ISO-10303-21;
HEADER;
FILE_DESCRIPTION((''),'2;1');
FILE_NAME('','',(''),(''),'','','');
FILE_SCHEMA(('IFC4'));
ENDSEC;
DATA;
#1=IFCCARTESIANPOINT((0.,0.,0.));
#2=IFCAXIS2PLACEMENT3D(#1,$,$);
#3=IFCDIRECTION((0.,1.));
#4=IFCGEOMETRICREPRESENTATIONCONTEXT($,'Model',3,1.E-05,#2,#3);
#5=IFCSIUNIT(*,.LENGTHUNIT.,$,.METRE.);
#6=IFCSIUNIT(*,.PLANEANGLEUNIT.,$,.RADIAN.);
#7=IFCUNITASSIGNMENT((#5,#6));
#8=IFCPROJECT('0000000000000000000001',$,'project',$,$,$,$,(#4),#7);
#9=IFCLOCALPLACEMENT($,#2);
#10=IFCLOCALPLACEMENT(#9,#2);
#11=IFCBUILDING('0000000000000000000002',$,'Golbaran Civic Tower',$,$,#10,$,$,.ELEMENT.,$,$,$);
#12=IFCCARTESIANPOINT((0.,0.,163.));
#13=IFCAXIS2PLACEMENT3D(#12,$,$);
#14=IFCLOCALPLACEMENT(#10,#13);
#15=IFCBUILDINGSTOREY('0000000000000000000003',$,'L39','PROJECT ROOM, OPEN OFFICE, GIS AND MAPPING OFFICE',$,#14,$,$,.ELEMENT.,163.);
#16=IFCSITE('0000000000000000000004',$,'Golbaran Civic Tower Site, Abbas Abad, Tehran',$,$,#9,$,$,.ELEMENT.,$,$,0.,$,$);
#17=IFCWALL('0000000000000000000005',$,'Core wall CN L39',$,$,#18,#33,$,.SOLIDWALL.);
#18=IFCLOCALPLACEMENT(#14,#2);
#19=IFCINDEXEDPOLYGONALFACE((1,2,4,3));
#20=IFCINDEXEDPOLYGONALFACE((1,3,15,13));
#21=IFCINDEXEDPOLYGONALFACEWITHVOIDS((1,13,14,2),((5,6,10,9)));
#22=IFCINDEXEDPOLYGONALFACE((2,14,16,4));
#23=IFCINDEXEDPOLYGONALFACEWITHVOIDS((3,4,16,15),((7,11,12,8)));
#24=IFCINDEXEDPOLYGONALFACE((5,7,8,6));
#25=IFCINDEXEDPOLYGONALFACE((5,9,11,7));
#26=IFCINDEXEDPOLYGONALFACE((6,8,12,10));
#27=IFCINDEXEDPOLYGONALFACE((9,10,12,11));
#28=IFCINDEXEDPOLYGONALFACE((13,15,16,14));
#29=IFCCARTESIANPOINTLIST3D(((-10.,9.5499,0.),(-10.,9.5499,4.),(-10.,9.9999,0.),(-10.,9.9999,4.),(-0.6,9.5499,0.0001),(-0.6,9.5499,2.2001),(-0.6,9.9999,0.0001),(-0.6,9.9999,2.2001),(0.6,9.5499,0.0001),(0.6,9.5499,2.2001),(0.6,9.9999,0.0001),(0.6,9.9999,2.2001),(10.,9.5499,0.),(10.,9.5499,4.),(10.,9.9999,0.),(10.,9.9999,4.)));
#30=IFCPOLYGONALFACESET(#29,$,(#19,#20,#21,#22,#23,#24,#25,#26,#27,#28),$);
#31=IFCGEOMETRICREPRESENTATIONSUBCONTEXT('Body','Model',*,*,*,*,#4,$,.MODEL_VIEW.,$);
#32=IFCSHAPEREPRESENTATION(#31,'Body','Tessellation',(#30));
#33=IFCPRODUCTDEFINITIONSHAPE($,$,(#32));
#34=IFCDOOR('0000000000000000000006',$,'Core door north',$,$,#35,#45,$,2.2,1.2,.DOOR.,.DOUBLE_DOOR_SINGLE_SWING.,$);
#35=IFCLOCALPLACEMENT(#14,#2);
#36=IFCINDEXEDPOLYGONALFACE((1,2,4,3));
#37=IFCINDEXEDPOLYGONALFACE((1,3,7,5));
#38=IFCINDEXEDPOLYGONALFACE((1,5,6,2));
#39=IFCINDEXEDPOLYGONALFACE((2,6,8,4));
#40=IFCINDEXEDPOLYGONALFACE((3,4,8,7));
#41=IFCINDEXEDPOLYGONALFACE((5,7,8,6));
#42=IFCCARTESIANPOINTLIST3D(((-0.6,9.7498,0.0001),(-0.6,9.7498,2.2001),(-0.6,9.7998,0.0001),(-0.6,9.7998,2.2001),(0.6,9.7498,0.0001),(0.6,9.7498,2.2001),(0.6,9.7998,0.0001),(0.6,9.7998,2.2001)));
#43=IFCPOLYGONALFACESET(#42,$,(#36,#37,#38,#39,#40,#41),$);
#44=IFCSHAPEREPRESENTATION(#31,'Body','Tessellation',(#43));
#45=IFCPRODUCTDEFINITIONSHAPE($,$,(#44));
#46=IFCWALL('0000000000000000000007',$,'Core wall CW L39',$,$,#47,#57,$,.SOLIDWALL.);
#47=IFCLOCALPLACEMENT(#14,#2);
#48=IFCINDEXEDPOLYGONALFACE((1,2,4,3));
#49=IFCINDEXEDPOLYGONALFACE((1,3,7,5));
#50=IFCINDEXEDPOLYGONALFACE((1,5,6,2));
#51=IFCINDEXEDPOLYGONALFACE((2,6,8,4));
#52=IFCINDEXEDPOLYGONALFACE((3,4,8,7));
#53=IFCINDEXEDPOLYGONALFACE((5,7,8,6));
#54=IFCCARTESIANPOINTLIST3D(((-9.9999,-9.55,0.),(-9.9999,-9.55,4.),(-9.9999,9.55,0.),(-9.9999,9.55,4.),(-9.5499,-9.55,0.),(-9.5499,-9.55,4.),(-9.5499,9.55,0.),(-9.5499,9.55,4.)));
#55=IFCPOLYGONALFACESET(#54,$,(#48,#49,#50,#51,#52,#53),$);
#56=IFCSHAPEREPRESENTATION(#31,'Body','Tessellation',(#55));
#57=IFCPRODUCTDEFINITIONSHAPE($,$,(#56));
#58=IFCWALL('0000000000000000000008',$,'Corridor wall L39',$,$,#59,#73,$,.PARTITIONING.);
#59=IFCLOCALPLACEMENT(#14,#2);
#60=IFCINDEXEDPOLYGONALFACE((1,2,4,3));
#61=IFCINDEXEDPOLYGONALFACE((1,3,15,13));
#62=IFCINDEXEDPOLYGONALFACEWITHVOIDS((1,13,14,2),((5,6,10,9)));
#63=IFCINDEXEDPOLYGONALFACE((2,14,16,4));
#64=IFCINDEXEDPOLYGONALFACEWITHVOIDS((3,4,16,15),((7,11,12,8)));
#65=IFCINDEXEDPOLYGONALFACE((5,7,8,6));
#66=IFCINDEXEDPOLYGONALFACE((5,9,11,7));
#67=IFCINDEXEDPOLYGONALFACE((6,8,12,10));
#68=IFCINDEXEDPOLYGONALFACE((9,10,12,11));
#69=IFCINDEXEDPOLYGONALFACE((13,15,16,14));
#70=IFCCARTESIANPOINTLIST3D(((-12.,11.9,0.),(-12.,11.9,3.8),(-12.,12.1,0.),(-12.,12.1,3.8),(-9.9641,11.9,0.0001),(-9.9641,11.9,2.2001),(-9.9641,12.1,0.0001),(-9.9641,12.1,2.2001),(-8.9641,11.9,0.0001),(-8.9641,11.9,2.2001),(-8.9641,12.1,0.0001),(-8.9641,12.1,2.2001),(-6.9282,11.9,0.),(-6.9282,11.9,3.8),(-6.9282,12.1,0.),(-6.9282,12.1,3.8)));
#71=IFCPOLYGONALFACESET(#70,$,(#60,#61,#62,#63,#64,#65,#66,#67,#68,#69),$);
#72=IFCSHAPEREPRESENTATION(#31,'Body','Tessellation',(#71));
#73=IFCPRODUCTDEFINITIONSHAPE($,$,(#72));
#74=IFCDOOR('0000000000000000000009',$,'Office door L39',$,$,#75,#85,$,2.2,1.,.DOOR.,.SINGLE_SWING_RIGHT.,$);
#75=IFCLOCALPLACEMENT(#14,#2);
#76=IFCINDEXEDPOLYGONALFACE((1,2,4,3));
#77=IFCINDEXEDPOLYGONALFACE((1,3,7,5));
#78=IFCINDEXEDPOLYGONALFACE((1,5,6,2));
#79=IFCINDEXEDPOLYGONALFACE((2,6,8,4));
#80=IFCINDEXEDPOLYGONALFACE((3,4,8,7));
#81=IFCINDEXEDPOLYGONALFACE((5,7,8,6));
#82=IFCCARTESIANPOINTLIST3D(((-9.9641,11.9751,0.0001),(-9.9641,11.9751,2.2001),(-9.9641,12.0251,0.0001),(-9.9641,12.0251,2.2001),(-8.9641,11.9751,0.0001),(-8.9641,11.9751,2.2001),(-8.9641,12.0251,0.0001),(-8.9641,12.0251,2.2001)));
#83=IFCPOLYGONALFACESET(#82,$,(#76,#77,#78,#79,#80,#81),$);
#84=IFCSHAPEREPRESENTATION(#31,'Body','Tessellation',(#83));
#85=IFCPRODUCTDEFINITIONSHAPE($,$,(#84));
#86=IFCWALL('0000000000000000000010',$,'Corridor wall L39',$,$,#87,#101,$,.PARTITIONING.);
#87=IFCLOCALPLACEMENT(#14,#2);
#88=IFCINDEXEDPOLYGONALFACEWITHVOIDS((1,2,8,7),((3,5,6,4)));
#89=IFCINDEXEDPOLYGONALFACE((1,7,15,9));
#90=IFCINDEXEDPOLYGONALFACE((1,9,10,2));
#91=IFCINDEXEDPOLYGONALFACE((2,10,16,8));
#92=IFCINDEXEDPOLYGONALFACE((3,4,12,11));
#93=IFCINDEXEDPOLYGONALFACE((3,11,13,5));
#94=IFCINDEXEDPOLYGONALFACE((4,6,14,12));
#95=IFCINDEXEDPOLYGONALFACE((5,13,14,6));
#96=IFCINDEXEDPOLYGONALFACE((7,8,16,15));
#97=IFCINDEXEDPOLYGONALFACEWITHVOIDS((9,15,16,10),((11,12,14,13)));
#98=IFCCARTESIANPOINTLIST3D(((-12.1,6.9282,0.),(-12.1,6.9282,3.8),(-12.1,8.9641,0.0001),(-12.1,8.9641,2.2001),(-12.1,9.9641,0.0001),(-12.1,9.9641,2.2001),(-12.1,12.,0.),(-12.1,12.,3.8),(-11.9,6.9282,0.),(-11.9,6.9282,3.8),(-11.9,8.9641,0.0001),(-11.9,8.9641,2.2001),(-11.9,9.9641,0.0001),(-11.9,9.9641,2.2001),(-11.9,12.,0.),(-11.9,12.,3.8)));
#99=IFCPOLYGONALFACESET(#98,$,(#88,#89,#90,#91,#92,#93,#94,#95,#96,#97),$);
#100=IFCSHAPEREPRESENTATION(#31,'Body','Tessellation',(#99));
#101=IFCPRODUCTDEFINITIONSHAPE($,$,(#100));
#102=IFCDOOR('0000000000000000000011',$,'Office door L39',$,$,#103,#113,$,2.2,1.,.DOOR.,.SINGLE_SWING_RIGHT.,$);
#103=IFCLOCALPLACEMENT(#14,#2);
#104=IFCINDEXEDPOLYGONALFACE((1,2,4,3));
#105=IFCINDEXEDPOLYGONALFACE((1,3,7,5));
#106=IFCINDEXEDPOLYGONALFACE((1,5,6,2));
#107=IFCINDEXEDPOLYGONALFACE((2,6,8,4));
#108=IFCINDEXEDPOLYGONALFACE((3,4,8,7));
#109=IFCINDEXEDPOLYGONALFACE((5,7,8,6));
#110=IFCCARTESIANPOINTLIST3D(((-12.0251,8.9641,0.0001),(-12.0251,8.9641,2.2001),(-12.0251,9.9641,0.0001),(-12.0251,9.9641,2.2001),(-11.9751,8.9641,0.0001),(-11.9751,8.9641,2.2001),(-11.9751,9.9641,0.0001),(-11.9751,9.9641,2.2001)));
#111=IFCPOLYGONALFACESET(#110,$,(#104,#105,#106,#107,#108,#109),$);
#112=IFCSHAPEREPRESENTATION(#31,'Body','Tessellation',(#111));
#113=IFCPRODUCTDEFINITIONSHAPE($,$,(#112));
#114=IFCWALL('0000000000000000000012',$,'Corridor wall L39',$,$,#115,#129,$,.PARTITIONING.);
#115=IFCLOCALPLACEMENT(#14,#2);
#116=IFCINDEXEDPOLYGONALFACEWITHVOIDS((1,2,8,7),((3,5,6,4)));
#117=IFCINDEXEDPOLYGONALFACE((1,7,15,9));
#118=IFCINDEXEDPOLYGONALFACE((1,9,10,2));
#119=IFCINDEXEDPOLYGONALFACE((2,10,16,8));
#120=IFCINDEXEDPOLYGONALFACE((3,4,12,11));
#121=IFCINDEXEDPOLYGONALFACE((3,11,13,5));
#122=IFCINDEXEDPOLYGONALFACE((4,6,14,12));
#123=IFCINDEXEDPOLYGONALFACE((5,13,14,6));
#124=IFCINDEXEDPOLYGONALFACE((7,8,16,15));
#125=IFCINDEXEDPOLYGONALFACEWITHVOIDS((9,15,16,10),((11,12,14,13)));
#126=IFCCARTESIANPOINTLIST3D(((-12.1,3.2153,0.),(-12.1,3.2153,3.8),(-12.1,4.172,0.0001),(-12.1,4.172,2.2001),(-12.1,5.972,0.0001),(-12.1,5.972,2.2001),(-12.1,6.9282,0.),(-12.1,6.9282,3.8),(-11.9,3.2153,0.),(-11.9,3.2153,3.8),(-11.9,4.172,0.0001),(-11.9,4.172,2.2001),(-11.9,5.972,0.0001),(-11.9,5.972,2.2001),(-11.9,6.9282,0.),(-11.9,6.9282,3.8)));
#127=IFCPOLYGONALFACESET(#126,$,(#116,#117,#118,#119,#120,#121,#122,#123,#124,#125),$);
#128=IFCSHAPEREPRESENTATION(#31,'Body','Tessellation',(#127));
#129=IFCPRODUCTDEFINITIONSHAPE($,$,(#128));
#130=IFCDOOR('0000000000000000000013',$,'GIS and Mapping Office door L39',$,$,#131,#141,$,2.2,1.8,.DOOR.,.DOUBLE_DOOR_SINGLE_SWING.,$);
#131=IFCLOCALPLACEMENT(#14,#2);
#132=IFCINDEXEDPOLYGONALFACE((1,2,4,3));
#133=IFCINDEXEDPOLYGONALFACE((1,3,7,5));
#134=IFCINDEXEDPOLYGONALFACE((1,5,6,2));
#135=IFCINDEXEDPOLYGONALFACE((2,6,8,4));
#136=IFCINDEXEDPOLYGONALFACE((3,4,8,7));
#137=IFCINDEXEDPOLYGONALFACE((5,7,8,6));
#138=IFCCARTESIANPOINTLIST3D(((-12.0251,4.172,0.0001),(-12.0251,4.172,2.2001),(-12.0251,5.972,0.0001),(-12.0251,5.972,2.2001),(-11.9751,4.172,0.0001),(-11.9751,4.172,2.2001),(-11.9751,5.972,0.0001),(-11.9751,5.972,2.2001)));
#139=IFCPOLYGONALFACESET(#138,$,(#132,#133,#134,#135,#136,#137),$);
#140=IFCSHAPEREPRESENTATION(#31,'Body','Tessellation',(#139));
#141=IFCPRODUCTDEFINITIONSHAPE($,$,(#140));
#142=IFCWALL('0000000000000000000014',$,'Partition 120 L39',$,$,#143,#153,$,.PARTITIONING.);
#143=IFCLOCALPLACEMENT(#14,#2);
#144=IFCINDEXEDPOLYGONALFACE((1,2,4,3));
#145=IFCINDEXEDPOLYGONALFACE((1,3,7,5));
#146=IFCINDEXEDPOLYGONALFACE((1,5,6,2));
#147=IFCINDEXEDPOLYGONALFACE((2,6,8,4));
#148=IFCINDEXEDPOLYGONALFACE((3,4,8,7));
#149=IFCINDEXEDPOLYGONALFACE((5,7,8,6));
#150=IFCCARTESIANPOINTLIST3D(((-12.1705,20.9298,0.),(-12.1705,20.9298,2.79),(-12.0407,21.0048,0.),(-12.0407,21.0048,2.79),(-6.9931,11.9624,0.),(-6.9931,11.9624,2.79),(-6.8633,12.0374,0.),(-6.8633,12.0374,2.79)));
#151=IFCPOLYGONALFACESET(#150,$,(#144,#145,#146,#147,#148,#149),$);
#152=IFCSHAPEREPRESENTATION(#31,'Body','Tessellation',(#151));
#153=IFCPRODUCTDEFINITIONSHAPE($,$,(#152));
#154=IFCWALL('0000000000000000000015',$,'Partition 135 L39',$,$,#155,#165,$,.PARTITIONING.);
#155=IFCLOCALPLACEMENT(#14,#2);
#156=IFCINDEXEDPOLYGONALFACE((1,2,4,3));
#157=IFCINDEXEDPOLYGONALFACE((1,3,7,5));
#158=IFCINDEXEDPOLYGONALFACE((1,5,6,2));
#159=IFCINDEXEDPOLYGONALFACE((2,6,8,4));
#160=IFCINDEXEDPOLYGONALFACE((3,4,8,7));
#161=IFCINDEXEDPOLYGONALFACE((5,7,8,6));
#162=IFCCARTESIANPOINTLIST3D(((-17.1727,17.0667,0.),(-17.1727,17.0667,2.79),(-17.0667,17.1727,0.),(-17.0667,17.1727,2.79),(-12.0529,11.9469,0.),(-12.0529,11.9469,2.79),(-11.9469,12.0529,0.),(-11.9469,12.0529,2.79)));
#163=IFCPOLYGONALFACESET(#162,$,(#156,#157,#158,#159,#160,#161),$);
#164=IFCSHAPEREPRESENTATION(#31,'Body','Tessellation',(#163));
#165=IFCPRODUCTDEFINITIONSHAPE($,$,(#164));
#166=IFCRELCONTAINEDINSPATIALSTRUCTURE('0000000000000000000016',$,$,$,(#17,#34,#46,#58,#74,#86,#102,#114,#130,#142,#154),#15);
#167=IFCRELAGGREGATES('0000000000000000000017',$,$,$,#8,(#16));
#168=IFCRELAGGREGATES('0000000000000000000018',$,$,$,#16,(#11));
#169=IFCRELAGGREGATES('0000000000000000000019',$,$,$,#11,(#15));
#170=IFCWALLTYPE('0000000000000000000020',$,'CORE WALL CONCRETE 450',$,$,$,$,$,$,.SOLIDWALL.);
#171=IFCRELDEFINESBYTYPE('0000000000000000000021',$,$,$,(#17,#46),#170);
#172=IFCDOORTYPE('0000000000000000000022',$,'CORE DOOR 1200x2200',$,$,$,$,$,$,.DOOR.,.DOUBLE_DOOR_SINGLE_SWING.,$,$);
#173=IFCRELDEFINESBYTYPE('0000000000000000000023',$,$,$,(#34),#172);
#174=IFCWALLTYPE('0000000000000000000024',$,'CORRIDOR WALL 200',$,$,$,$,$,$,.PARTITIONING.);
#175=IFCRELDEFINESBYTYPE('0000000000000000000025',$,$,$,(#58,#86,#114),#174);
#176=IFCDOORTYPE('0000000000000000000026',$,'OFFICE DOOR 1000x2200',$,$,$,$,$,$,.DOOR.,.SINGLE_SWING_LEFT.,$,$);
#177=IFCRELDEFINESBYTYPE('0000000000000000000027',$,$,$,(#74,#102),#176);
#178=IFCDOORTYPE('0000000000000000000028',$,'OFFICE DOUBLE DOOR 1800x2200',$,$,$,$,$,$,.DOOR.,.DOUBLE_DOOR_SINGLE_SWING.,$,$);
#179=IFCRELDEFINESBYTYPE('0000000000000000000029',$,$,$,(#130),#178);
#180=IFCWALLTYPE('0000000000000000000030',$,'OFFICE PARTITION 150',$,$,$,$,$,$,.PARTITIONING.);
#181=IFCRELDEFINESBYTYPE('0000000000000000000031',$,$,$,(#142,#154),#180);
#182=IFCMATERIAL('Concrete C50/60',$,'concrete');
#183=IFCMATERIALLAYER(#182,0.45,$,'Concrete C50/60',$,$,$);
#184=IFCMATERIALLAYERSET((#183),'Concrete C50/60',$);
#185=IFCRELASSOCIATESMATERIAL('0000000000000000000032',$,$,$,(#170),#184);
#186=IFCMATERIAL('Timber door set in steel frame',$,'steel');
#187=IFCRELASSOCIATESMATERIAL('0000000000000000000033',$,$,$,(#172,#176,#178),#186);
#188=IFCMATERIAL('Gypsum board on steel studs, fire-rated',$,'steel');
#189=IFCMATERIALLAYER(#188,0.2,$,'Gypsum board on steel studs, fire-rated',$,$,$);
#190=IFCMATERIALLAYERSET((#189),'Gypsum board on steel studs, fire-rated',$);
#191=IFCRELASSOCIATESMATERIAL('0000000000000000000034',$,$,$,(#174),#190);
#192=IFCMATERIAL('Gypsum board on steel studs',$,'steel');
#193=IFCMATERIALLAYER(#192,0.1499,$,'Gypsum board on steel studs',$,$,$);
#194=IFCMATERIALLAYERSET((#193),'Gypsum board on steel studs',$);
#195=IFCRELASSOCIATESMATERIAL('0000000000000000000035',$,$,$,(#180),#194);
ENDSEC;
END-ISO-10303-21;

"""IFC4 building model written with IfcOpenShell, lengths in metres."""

from ifc_helpers import new_model, si_unit, direction, frame, frame_2d, origin, place, context, subcontext, project, spatial, rectangle, extrude, material, layer, layer_set, type_object, element, fill, save


model = new_model("IFC4")

# Units and contexts
model_context = context("Model", 3, precision=1e-05, world=origin(), true_north=direction((0.0, 1.0)))
body_context = subcontext(model_context, "Body", "Model", "MODEL_VIEW")
ifc_project = project(units=[si_unit("LENGTHUNIT", "METRE"), si_unit("PLANEANGLEUNIT", "RADIAN")], contexts=[model_context])

# Site, building, storey
site_placement = place(None, origin())
site = spatial("IfcSite", under=ifc_project, at=site_placement, Name="Golbaran Civic Tower Site, Abbas Abad, Tehran", CompositionType="ELEMENT", RefElevation=0.0)
building_placement = place(site_placement, origin())
building = spatial("IfcBuilding", under=site, at=building_placement, Name="Golbaran Civic Tower", CompositionType="ELEMENT")
storey_placement = place(building_placement, frame((0.0, 0.0, 163.0)))
storey = spatial("IfcBuildingStorey", under=building, at=storey_placement, Name="L39", Description="PROJECT ROOM, OPEN OFFICE, GIS AND MAPPING OFFICE", CompositionType="ELEMENT", Elevation=163.0)

# Wall, opening, door
ifc_material_1 = material(Name="Concrete C50/60", Category="concrete")
ifc_layer_1 = layer(ifc_material_1, 0.45, Name="Concrete C50/60")
ifc_layer_set_1 = layer_set([ifc_layer_1], Name="Concrete C50/60")
wall_type_1 = type_object("IfcWallType", Name="CORE WALL CONCRETE 450", PredefinedType="SOLIDWALL", material=ifc_layer_set_1)
wall_1_placement = place(storey_placement, frame((-10.0, 9.7749, 0.0), z_axis=(0.0, 0.0, 1.0), x_axis=(1.0, 0.0, 0.0)))
wall_1 = element("IfcWall", 1, at=wall_1_placement, inside=storey, type_object=wall_type_1, Name="Core wall CN L39", PredefinedType="SOLIDWALL", context=body_context, shape_type="SweptSolid", body=[
    extrude(rectangle(XDim=20.0, YDim=0.45, at=frame_2d((10.0, 0.0))), origin(), (0.0, 0.0, 1.0), 4.0),
])
opening_1_placement = place(wall_1_placement, frame((9.3999, 0.0, 0.0)))
opening_1 = element("IfcOpeningElement", 2, at=opening_1_placement, cuts=wall_1, PredefinedType="OPENING", context=body_context, shape_type="SweptSolid", body=[
    extrude(rectangle(XDim=1.2, YDim=2.2, at=frame_2d((0.6001, 1.1001))), frame((0.0, 0.2349, 0.0), z_axis=(0.0, -1.0, 0.0), x_axis=(1.0, 0.0, 0.0)), (0.0, 0.0, 1.0), 0.47),
])
ifc_material_2 = material(Name="Timber door set in steel frame", Category="steel")
door_type_1 = type_object("IfcDoorType", Name="CORE DOOR 1200x2200", OperationType="DOUBLE_DOOR_SINGLE_SWING", PredefinedType="DOOR", material=ifc_material_2)
door_1_placement = place(opening_1_placement, origin())
door_1 = element("IfcDoor", 3, at=door_1_placement, inside=storey, type_object=door_type_1, Name="Core door north", OperationType="DOUBLE_DOOR_SINGLE_SWING", OverallHeight=2.2, OverallWidth=1.2, PredefinedType="DOOR", context=body_context, shape_type="SweptSolid", body=[
    extrude(rectangle(XDim=1.2, YDim=2.2, at=frame_2d((0.6001, 1.1001))), frame((0.0, 0.0249, 0.0), z_axis=(0.0, -1.0, 0.0), x_axis=(1.0, 0.0, 0.0)), (0.0, 0.0, 1.0), 0.05),
])
fill(opening_1, door_1)

# Wall
wall_2_placement = place(storey_placement, frame((-9.7749, 9.55, 0.0), z_axis=(0.0, 0.0, 1.0), x_axis=(0.0, -1.0, 0.0)))
element("IfcWall", 4, at=wall_2_placement, inside=storey, type_object=wall_type_1, Name="Core wall CW L39", PredefinedType="SOLIDWALL", context=body_context, shape_type="SweptSolid", body=[
    extrude(rectangle(XDim=19.1001, YDim=0.45, at=frame_2d((9.55, 0.0))), origin(), (0.0, 0.0, 1.0), 4.0),
])

# Walls, openings, doors
ifc_material_3 = material(Name="Gypsum board on steel studs, fire-rated", Category="steel")
ifc_layer_2 = layer(ifc_material_3, 0.2, Name="Gypsum board on steel studs, fire-rated")
ifc_layer_set_2 = layer_set([ifc_layer_2], Name="Gypsum board on steel studs, fire-rated")
wall_type_2 = type_object("IfcWallType", Name="CORRIDOR WALL 200", PredefinedType="PARTITIONING", material=ifc_layer_set_2)
wall_3_placement = place(storey_placement, frame((-6.9282, 12.0, 0.0), z_axis=(0.0, 0.0, 1.0), x_axis=(-1.0, 0.0, 0.0)))
wall_3 = element("IfcWall", 5, at=wall_3_placement, inside=storey, type_object=wall_type_2, Name="Corridor wall L39", PredefinedType="PARTITIONING", context=body_context, shape_type="SweptSolid", body=[
    extrude(rectangle(XDim=5.0718, YDim=0.2, at=frame_2d((2.5359, 0.0))), origin(), (0.0, 0.0, 1.0), 3.8),
])
opening_2_placement = place(wall_3_placement, frame((2.0359, 0.0, 0.0)))
opening_2 = element("IfcOpeningElement", 6, at=opening_2_placement, cuts=wall_3, PredefinedType="OPENING", context=body_context, shape_type="SweptSolid", body=[
    extrude(rectangle(XDim=1.0, YDim=2.2, at=frame_2d((0.5, 1.1001))), frame((0.0, 0.1099, 0.0), z_axis=(0.0, -1.0, 0.0), x_axis=(1.0, 0.0, 0.0)), (0.0, 0.0, 1.0), 0.22),
])
door_type_2 = type_object("IfcDoorType", Name="OFFICE DOOR 1000x2200", OperationType="SINGLE_SWING_LEFT", PredefinedType="DOOR", material=ifc_material_2)
door_2_placement = place(opening_2_placement, origin())
door_2 = element("IfcDoor", 7, at=door_2_placement, inside=storey, type_object=door_type_2, Name="Office door L39", OperationType="SINGLE_SWING_RIGHT", OverallHeight=2.2, OverallWidth=1.0, PredefinedType="DOOR", context=body_context, shape_type="SweptSolid", body=[
    extrude(rectangle(XDim=1.0, YDim=2.2, at=frame_2d((0.5, 1.1001))), frame((0.0, 0.0249, 0.0), z_axis=(0.0, -1.0, 0.0), x_axis=(1.0, 0.0, 0.0)), (0.0, 0.0, 1.0), 0.05),
])
fill(opening_2, door_2)
wall_4_placement = place(storey_placement, frame((-12.0, 12.0, 0.0), z_axis=(0.0, 0.0, 1.0), x_axis=(0.0, -1.0, 0.0)))
wall_4 = element("IfcWall", 8, at=wall_4_placement, inside=storey, type_object=wall_type_2, Name="Corridor wall L39", PredefinedType="PARTITIONING", context=body_context, shape_type="SweptSolid", body=[
    extrude(rectangle(XDim=5.0718, YDim=0.2, at=frame_2d((2.5359, 0.0))), origin(), (0.0, 0.0, 1.0), 3.8),
])
opening_3_placement = place(wall_4_placement, frame((2.0359, 0.0, 0.0)))
opening_3 = element("IfcOpeningElement", 9, at=opening_3_placement, cuts=wall_4, PredefinedType="OPENING", context=body_context, shape_type="SweptSolid", body=[
    extrude(rectangle(XDim=1.0, YDim=2.2, at=frame_2d((0.5, 1.1001))), frame((0.0, 0.1099, 0.0), z_axis=(0.0, -1.0, 0.0), x_axis=(1.0, 0.0, 0.0)), (0.0, 0.0, 1.0), 0.22),
])
door_3_placement = place(opening_3_placement, origin())
door_3 = element("IfcDoor", 10, at=door_3_placement, inside=storey, type_object=door_type_2, Name="Office door L39", OperationType="SINGLE_SWING_RIGHT", OverallHeight=2.2, OverallWidth=1.0, PredefinedType="DOOR", context=body_context, shape_type="SweptSolid", body=[
    extrude(rectangle(XDim=1.0, YDim=2.2, at=frame_2d((0.5, 1.1001))), frame((0.0, 0.0249, 0.0), z_axis=(0.0, -1.0, 0.0), x_axis=(1.0, 0.0, 0.0)), (0.0, 0.0, 1.0), 0.05),
])
fill(opening_3, door_3)
wall_5_placement = place(storey_placement, frame((-12.0, 6.9282, 0.0), z_axis=(0.0, 0.0, 1.0), x_axis=(0.0, -1.0, 0.0)))
wall_5 = element("IfcWall", 11, at=wall_5_placement, inside=storey, type_object=wall_type_2, Name="Corridor wall L39", PredefinedType="PARTITIONING", context=body_context, shape_type="SweptSolid", body=[
    extrude(rectangle(XDim=3.7129, YDim=0.2, at=frame_2d((1.8564, 0.0))), origin(), (0.0, 0.0, 1.0), 3.8),
])
opening_4_placement = place(wall_5_placement, frame((0.9563, 0.0, 0.0)))
opening_4 = element("IfcOpeningElement", 12, at=opening_4_placement, cuts=wall_5, PredefinedType="OPENING", context=body_context, shape_type="SweptSolid", body=[
    extrude(rectangle(XDim=1.8, YDim=2.2, at=frame_2d((0.8999, 1.1001))), frame((0.0, 0.1099, 0.0), z_axis=(0.0, -1.0, 0.0), x_axis=(1.0, 0.0, 0.0)), (0.0, 0.0, 1.0), 0.22),
])
door_type_3 = type_object("IfcDoorType", Name="OFFICE DOUBLE DOOR 1800x2200", OperationType="DOUBLE_DOOR_SINGLE_SWING", PredefinedType="DOOR", material=ifc_material_2)
door_4_placement = place(opening_4_placement, origin())
door_4 = element("IfcDoor", 13, at=door_4_placement, inside=storey, type_object=door_type_3, Name="GIS and Mapping Office door L39", OperationType="DOUBLE_DOOR_SINGLE_SWING", OverallHeight=2.2, OverallWidth=1.8, PredefinedType="DOOR", context=body_context, shape_type="SweptSolid", body=[
    extrude(rectangle(XDim=1.8, YDim=2.2, at=frame_2d((0.8999, 1.1001))), frame((0.0, 0.0249, 0.0), z_axis=(0.0, -1.0, 0.0), x_axis=(1.0, 0.0, 0.0)), (0.0, 0.0, 1.0), 0.05),
])
fill(opening_4, door_4)

# Walls
ifc_material_4 = material(Name="Gypsum board on steel studs", Category="steel")
ifc_layer_3 = layer(ifc_material_4, 0.1499, Name="Gypsum board on steel studs")
ifc_layer_set_3 = layer_set([ifc_layer_3], Name="Gypsum board on steel studs")
wall_type_3 = type_object("IfcWallType", Name="OFFICE PARTITION 150", PredefinedType="PARTITIONING", material=ifc_layer_set_3)
wall_6_placement = place(storey_placement, frame((-6.9282, 12.0, 0.0), z_axis=(0.0, 0.0, 1.0), x_axis=(-0.500006, 0.866022, 0.0)))
element("IfcWall", 14, at=wall_6_placement, inside=storey, type_object=wall_type_3, Name="Partition 120 L39", PredefinedType="PARTITIONING", context=body_context, shape_type="SweptSolid", body=[
    extrude(rectangle(XDim=10.3547, YDim=0.1499, at=frame_2d((5.1772, 0.0))), origin(), (0.0, 0.0, 1.0), 2.79),
])
wall_7_placement = place(storey_placement, frame((-12.0, 12.0, 0.0), z_axis=(0.0, 0.0, 1.0), x_axis=(-0.707107, 0.707107, 0.0)))
element("IfcWall", 15, at=wall_7_placement, inside=storey, type_object=wall_type_3, Name="Partition 135 L39", PredefinedType="PARTITIONING", context=body_context, shape_type="SweptSolid", body=[
    extrude(rectangle(XDim=7.2405, YDim=0.1499, at=frame_2d((3.6201, 0.0))), origin(), (0.0, 0.0, 1.0), 2.79),
])

save(model, "model.ifc")
